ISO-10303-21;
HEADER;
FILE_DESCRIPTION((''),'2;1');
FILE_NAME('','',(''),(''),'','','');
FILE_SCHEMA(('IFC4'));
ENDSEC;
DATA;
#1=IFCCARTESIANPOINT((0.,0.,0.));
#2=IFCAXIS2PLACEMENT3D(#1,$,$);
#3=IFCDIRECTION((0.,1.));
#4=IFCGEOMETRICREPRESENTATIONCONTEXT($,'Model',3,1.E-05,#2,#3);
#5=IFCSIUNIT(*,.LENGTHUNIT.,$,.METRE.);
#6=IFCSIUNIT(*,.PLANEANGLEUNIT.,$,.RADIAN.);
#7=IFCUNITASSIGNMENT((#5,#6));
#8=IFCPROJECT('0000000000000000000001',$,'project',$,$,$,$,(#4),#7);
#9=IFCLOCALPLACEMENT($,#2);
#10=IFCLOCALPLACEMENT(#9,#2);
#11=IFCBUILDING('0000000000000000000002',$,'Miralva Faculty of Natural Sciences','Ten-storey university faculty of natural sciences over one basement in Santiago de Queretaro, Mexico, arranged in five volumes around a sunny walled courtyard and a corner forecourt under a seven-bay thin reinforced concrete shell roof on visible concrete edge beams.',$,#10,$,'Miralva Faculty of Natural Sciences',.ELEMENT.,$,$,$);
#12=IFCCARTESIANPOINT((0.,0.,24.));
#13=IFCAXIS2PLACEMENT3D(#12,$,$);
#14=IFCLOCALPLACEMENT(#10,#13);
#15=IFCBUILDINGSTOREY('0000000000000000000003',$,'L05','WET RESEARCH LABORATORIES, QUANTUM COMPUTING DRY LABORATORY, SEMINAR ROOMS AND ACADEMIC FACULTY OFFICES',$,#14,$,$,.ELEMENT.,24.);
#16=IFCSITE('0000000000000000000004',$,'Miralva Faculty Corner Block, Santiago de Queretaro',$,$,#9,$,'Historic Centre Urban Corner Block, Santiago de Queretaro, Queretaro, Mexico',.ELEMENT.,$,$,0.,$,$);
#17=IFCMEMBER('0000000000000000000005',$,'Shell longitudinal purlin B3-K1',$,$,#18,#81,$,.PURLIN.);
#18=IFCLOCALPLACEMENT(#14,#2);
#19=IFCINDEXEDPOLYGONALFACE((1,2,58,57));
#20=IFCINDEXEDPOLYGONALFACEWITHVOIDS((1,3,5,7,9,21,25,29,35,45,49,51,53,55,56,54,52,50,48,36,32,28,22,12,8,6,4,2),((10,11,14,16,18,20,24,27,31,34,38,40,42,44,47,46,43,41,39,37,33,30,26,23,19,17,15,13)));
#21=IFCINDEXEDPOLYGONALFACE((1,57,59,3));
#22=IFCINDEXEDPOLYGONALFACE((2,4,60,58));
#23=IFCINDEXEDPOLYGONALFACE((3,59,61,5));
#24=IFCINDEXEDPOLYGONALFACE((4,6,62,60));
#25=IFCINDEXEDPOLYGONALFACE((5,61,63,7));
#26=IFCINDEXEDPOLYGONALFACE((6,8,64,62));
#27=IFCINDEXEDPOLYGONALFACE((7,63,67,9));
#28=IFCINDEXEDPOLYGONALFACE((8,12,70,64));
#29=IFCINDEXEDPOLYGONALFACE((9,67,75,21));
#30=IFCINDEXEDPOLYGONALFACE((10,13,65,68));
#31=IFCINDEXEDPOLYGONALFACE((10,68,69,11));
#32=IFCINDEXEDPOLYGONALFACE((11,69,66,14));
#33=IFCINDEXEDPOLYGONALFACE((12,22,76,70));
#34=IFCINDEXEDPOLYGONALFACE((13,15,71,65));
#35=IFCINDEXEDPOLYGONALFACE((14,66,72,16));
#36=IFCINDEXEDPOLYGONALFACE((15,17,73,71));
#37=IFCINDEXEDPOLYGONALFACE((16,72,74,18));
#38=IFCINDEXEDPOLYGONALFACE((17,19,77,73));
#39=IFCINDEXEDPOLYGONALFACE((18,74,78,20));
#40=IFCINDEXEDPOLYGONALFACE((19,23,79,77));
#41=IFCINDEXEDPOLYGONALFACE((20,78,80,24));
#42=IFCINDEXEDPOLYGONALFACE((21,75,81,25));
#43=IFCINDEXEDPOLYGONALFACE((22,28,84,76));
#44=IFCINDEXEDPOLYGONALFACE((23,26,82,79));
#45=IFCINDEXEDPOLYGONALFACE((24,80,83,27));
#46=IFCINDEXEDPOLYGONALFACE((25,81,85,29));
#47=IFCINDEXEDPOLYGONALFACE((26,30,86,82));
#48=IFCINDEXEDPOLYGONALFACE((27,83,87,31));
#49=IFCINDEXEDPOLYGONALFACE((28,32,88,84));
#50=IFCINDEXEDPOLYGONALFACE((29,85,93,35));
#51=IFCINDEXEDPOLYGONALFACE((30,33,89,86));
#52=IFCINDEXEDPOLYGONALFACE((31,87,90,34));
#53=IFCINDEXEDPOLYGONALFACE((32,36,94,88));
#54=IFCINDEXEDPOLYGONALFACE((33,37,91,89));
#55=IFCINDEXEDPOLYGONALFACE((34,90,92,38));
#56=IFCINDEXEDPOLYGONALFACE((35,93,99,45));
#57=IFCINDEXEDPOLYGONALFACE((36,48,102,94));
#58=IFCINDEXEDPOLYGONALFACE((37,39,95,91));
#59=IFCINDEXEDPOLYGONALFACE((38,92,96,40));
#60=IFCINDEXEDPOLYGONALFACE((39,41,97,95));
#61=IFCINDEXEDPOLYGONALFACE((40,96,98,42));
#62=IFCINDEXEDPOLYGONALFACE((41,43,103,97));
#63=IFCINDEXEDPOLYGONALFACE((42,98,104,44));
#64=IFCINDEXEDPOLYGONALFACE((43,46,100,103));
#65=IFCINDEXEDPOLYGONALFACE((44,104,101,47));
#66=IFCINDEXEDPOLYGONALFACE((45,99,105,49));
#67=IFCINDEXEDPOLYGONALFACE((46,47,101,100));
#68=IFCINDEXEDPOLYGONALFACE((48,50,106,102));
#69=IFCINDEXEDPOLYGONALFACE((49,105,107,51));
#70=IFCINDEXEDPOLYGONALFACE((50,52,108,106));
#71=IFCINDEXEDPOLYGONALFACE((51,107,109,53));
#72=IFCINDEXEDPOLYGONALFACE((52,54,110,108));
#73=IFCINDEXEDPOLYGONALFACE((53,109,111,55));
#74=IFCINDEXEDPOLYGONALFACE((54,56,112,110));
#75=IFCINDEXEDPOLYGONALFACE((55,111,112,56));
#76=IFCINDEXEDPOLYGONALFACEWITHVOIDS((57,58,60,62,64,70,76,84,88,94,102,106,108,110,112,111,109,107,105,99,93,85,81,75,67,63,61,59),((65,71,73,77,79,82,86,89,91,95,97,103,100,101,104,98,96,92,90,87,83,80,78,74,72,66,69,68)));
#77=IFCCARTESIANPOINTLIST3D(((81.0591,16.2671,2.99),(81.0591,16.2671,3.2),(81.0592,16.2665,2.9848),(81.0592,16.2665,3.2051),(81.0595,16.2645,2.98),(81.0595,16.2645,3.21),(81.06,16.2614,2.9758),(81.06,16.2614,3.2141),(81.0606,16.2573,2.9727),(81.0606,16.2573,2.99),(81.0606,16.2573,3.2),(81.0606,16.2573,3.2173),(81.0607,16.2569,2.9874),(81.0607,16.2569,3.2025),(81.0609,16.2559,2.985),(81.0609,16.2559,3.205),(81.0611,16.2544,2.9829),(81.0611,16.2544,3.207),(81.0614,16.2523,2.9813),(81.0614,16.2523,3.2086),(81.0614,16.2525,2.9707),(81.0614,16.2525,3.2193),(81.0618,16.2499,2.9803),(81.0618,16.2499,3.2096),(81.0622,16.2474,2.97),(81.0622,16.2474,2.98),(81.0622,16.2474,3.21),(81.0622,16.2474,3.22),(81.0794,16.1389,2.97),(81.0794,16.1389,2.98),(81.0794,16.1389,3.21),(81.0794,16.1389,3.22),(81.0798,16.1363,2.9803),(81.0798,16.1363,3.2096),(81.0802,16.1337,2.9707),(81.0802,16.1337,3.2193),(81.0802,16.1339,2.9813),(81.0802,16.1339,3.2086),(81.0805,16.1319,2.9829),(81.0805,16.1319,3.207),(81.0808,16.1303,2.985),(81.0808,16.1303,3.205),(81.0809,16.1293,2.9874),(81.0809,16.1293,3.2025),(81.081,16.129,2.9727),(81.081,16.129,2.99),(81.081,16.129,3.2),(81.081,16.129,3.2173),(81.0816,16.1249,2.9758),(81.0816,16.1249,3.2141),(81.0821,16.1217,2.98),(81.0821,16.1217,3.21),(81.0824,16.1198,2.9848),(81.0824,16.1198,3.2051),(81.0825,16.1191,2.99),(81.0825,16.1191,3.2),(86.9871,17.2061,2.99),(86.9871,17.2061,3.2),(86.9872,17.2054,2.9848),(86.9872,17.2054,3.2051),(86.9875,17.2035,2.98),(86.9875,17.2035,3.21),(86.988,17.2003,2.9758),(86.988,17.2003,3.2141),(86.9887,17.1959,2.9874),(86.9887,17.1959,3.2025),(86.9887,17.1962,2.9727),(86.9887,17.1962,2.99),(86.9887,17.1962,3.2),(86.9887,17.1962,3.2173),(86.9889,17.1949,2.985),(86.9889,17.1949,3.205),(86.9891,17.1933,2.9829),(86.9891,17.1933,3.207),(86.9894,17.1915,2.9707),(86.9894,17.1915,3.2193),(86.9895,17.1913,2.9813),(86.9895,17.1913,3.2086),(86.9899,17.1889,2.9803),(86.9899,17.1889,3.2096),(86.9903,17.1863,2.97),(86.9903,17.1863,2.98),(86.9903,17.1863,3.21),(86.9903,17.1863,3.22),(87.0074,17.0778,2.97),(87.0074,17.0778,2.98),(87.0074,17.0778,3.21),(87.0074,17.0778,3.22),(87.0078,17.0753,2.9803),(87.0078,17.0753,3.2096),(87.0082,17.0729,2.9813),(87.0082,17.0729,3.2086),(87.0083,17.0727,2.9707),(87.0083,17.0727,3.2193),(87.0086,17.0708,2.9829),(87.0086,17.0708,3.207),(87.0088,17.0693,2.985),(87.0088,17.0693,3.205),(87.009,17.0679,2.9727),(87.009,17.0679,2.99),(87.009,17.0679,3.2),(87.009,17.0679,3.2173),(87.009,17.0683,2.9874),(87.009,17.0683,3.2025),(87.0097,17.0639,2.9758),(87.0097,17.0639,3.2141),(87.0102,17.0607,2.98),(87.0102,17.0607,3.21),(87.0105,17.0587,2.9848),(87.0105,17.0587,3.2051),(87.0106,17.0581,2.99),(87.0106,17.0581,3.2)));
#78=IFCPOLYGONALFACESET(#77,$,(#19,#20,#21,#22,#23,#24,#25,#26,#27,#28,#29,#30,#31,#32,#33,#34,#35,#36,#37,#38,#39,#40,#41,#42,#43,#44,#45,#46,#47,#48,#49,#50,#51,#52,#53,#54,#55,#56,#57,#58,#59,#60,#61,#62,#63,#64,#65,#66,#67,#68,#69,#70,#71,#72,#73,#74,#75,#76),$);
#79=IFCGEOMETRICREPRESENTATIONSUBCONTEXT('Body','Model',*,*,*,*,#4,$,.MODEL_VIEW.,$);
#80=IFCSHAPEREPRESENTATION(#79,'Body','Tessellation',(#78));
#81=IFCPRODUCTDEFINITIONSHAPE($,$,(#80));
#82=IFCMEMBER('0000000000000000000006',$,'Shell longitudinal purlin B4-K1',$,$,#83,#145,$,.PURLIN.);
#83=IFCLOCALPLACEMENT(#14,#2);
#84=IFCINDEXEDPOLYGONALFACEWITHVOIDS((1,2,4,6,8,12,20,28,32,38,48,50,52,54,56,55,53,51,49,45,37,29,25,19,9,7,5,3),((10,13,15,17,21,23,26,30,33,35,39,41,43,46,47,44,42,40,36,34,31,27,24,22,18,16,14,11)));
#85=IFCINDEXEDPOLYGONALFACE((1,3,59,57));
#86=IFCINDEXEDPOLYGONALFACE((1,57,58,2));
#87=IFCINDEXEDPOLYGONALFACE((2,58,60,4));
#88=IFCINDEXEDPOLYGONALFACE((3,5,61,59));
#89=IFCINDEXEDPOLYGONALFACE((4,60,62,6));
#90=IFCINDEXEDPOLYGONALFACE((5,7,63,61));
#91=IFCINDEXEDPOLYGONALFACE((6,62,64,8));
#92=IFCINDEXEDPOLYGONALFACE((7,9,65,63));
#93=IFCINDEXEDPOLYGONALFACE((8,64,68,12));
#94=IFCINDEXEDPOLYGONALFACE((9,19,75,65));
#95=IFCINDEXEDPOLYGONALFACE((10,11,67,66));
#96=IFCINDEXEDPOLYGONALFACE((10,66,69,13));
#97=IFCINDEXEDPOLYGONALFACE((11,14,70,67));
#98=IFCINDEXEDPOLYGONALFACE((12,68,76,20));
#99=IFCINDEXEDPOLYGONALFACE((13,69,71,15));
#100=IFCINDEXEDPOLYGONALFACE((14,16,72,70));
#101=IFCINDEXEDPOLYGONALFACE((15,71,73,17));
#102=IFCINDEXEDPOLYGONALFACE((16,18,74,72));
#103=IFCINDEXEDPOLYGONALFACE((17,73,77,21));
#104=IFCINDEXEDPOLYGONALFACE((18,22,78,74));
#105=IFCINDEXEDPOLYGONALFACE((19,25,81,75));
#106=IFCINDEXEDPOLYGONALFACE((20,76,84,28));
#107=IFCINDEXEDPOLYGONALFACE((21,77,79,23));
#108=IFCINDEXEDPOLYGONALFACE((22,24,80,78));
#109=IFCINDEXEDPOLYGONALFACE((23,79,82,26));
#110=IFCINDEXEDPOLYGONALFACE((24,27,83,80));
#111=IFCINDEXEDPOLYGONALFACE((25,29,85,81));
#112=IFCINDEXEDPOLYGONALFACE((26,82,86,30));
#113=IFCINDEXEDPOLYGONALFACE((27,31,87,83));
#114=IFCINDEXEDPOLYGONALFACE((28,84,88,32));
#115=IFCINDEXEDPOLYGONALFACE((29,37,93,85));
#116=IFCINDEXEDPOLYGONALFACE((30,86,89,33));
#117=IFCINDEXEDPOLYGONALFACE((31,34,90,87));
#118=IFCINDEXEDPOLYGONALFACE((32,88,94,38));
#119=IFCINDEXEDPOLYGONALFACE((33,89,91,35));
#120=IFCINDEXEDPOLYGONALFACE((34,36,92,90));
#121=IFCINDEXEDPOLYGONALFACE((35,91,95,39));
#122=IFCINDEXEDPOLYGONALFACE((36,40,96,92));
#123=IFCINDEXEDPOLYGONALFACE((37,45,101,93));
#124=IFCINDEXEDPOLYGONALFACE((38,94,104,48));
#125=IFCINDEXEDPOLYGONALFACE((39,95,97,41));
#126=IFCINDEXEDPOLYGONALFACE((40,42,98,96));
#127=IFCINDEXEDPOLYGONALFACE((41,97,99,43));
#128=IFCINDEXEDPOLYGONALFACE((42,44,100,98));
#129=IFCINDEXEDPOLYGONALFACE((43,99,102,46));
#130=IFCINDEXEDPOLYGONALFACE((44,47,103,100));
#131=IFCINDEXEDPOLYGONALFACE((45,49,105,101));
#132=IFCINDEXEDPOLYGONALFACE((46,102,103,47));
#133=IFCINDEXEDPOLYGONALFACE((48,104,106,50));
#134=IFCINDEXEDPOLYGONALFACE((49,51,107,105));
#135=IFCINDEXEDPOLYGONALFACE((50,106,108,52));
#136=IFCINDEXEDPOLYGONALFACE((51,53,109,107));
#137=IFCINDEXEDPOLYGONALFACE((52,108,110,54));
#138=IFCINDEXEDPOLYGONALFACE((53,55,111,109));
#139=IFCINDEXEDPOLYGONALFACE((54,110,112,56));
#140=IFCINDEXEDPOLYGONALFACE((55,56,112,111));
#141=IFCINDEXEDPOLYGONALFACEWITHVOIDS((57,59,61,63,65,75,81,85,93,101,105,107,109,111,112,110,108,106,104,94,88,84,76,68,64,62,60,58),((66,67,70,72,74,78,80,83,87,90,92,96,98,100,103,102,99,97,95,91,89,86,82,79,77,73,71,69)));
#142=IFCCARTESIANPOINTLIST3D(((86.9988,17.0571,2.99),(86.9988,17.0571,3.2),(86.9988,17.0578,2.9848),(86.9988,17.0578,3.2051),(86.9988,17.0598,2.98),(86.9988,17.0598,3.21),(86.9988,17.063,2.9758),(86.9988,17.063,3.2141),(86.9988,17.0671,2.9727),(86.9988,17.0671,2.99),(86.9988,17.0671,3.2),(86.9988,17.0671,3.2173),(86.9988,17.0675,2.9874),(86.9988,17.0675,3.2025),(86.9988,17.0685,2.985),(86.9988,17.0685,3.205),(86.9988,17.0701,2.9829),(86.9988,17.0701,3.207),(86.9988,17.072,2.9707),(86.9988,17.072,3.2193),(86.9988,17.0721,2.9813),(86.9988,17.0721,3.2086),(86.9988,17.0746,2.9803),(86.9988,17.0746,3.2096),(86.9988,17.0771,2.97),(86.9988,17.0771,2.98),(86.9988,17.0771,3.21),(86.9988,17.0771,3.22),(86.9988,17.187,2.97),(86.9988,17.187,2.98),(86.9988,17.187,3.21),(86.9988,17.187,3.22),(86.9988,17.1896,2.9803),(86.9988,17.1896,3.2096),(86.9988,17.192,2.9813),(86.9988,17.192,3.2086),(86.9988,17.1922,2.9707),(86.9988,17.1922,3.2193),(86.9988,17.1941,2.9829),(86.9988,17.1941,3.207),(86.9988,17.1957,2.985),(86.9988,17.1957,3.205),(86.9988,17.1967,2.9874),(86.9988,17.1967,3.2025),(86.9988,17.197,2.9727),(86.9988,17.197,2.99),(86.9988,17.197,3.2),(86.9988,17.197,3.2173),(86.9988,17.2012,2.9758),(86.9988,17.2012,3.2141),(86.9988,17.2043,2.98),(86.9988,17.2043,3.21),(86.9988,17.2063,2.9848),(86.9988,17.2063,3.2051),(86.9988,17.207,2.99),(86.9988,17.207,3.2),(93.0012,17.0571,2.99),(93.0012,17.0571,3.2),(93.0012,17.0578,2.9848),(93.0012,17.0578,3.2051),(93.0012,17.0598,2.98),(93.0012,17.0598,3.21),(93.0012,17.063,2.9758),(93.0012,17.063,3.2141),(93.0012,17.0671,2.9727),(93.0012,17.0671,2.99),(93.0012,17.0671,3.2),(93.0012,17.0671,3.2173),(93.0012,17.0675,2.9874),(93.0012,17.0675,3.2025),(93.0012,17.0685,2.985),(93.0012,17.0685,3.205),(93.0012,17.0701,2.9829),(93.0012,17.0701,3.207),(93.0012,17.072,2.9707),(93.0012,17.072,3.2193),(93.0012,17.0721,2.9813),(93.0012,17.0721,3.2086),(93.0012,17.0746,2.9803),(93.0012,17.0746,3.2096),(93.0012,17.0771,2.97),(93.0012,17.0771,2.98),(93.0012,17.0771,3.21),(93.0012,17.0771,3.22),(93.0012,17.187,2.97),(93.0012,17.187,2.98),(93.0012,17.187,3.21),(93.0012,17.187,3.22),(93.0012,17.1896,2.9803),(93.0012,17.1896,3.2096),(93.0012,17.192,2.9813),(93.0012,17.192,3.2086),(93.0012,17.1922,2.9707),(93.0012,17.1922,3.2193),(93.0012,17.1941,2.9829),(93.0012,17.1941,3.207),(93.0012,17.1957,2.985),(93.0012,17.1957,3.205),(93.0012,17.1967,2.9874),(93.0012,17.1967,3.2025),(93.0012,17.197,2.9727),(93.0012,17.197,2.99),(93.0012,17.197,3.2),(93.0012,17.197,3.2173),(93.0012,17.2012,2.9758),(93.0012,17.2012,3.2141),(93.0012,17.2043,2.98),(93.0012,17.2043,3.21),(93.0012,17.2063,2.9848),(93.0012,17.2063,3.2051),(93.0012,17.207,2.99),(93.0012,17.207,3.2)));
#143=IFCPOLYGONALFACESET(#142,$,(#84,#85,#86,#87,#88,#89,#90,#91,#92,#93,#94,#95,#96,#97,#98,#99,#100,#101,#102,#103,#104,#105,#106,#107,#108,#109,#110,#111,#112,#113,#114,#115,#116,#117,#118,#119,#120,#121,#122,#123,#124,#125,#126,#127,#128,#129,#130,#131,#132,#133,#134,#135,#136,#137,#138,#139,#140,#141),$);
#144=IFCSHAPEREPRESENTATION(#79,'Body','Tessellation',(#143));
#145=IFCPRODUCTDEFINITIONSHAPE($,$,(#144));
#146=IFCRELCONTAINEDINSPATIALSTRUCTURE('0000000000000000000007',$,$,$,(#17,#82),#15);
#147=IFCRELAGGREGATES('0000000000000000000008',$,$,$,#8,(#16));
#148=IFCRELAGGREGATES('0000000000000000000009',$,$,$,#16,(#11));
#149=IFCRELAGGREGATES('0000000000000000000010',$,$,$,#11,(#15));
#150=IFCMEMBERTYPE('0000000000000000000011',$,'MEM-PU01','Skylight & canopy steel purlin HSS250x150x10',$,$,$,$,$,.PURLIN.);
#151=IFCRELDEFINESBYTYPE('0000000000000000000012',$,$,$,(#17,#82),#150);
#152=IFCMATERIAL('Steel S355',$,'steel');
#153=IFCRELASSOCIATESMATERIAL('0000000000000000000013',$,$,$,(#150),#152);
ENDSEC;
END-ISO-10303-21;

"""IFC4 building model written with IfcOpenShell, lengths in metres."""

from ifc_helpers import new_model, si_unit, direction, frame, origin, origin_2d, place, context, subcontext, project, spatial, hollow_rectangle, extrude, material, material_profile, profile_set, type_object, element, save


model = new_model("IFC4")

# Units and contexts
model_context = context("Model", 3, precision=1e-05, world=origin(), true_north=direction((0.0, 1.0)))
body_context = subcontext(model_context, "Body", "Model", "MODEL_VIEW")
ifc_project = project(units=[si_unit("LENGTHUNIT", "METRE"), si_unit("PLANEANGLEUNIT", "RADIAN")], contexts=[model_context])

# Site, building, storey
site_placement = place(None, origin())
site = spatial("IfcSite", under=ifc_project, at=site_placement, Name="Miralva Faculty Corner Block, Santiago de Queretaro", LongName="Historic Centre Urban Corner Block, Santiago de Queretaro, Queretaro, Mexico", CompositionType="ELEMENT", RefElevation=0.0)
building_placement = place(site_placement, origin())
building = spatial("IfcBuilding", under=site, at=building_placement, Name="Miralva Faculty of Natural Sciences", Description="Ten-storey university faculty of natural sciences over one basement in Santiago de Queretaro, Mexico, arranged in five volumes around a sunny walled courtyard and a corner forecourt under a seven-bay thin reinforced concrete shell roof on visible concrete edge beams.", LongName="Miralva Faculty of Natural Sciences", CompositionType="ELEMENT")
storey_placement = place(building_placement, frame((0.0, 0.0, 24.0)))
storey = spatial("IfcBuildingStorey", under=building, at=storey_placement, Name="L05", Description="WET RESEARCH LABORATORIES, QUANTUM COMPUTING DRY LABORATORY, SEMINAR ROOMS AND ACADEMIC FACULTY OFFICES", CompositionType="ELEMENT", Elevation=24.0)

# Shared definitions
ifc_material_1 = material(Name="Steel S355", Category="steel")

# Members
ifc_material_profile_1 = material_profile(ifc_material_1, hollow_rectangle(XDim=0.1499, YDim=0.25, WallThickness=0.01, InnerFilletRadius=0.01, OuterFilletRadius=0.02, at=origin_2d()), Name="HSS 250x150x10")
ifc_profile_set_1 = profile_set([ifc_material_profile_1], Name="Steel S355")
member_type_1 = type_object("IfcMemberType", Name="MEM-PU01", Description="Skylight & canopy steel purlin HSS250x150x10", PredefinedType="PURLIN", material=ifc_profile_set_1)
member_1_placement = place(storey_placement, frame((81.0708, 16.1931, 3.095), z_axis=(0.987687, 0.156445, 0.0), x_axis=(-0.156445, 0.987687, 0.0)))
element("IfcMember", 1, at=member_1_placement, inside=storey, type_object=member_type_1, Name="Shell longitudinal purlin B3-K1", PredefinedType="PURLIN", context=body_context, shape_type="SweptSolid", body=[
    extrude(hollow_rectangle(XDim=0.1499, YDim=0.25, WallThickness=0.01, InnerFilletRadius=0.01, OuterFilletRadius=0.02, at=origin_2d()), origin(), (0.0, 0.0, 1.0), 6.002),
])
member_2_placement = place(storey_placement, frame((86.9988, 17.1321, 3.095), z_axis=(1.0, 0.0, 0.0), x_axis=(0.0, 1.0, 0.0)))
element("IfcMember", 2, at=member_2_placement, inside=storey, type_object=member_type_1, Name="Shell longitudinal purlin B4-K1", PredefinedType="PURLIN", context=body_context, shape_type="SweptSolid", body=[
    extrude(hollow_rectangle(XDim=0.1499, YDim=0.25, WallThickness=0.01, InnerFilletRadius=0.01, OuterFilletRadius=0.02, at=origin_2d()), origin(), (0.0, 0.0, 1.0), 6.0024),
])

save(model, "model.ifc")
